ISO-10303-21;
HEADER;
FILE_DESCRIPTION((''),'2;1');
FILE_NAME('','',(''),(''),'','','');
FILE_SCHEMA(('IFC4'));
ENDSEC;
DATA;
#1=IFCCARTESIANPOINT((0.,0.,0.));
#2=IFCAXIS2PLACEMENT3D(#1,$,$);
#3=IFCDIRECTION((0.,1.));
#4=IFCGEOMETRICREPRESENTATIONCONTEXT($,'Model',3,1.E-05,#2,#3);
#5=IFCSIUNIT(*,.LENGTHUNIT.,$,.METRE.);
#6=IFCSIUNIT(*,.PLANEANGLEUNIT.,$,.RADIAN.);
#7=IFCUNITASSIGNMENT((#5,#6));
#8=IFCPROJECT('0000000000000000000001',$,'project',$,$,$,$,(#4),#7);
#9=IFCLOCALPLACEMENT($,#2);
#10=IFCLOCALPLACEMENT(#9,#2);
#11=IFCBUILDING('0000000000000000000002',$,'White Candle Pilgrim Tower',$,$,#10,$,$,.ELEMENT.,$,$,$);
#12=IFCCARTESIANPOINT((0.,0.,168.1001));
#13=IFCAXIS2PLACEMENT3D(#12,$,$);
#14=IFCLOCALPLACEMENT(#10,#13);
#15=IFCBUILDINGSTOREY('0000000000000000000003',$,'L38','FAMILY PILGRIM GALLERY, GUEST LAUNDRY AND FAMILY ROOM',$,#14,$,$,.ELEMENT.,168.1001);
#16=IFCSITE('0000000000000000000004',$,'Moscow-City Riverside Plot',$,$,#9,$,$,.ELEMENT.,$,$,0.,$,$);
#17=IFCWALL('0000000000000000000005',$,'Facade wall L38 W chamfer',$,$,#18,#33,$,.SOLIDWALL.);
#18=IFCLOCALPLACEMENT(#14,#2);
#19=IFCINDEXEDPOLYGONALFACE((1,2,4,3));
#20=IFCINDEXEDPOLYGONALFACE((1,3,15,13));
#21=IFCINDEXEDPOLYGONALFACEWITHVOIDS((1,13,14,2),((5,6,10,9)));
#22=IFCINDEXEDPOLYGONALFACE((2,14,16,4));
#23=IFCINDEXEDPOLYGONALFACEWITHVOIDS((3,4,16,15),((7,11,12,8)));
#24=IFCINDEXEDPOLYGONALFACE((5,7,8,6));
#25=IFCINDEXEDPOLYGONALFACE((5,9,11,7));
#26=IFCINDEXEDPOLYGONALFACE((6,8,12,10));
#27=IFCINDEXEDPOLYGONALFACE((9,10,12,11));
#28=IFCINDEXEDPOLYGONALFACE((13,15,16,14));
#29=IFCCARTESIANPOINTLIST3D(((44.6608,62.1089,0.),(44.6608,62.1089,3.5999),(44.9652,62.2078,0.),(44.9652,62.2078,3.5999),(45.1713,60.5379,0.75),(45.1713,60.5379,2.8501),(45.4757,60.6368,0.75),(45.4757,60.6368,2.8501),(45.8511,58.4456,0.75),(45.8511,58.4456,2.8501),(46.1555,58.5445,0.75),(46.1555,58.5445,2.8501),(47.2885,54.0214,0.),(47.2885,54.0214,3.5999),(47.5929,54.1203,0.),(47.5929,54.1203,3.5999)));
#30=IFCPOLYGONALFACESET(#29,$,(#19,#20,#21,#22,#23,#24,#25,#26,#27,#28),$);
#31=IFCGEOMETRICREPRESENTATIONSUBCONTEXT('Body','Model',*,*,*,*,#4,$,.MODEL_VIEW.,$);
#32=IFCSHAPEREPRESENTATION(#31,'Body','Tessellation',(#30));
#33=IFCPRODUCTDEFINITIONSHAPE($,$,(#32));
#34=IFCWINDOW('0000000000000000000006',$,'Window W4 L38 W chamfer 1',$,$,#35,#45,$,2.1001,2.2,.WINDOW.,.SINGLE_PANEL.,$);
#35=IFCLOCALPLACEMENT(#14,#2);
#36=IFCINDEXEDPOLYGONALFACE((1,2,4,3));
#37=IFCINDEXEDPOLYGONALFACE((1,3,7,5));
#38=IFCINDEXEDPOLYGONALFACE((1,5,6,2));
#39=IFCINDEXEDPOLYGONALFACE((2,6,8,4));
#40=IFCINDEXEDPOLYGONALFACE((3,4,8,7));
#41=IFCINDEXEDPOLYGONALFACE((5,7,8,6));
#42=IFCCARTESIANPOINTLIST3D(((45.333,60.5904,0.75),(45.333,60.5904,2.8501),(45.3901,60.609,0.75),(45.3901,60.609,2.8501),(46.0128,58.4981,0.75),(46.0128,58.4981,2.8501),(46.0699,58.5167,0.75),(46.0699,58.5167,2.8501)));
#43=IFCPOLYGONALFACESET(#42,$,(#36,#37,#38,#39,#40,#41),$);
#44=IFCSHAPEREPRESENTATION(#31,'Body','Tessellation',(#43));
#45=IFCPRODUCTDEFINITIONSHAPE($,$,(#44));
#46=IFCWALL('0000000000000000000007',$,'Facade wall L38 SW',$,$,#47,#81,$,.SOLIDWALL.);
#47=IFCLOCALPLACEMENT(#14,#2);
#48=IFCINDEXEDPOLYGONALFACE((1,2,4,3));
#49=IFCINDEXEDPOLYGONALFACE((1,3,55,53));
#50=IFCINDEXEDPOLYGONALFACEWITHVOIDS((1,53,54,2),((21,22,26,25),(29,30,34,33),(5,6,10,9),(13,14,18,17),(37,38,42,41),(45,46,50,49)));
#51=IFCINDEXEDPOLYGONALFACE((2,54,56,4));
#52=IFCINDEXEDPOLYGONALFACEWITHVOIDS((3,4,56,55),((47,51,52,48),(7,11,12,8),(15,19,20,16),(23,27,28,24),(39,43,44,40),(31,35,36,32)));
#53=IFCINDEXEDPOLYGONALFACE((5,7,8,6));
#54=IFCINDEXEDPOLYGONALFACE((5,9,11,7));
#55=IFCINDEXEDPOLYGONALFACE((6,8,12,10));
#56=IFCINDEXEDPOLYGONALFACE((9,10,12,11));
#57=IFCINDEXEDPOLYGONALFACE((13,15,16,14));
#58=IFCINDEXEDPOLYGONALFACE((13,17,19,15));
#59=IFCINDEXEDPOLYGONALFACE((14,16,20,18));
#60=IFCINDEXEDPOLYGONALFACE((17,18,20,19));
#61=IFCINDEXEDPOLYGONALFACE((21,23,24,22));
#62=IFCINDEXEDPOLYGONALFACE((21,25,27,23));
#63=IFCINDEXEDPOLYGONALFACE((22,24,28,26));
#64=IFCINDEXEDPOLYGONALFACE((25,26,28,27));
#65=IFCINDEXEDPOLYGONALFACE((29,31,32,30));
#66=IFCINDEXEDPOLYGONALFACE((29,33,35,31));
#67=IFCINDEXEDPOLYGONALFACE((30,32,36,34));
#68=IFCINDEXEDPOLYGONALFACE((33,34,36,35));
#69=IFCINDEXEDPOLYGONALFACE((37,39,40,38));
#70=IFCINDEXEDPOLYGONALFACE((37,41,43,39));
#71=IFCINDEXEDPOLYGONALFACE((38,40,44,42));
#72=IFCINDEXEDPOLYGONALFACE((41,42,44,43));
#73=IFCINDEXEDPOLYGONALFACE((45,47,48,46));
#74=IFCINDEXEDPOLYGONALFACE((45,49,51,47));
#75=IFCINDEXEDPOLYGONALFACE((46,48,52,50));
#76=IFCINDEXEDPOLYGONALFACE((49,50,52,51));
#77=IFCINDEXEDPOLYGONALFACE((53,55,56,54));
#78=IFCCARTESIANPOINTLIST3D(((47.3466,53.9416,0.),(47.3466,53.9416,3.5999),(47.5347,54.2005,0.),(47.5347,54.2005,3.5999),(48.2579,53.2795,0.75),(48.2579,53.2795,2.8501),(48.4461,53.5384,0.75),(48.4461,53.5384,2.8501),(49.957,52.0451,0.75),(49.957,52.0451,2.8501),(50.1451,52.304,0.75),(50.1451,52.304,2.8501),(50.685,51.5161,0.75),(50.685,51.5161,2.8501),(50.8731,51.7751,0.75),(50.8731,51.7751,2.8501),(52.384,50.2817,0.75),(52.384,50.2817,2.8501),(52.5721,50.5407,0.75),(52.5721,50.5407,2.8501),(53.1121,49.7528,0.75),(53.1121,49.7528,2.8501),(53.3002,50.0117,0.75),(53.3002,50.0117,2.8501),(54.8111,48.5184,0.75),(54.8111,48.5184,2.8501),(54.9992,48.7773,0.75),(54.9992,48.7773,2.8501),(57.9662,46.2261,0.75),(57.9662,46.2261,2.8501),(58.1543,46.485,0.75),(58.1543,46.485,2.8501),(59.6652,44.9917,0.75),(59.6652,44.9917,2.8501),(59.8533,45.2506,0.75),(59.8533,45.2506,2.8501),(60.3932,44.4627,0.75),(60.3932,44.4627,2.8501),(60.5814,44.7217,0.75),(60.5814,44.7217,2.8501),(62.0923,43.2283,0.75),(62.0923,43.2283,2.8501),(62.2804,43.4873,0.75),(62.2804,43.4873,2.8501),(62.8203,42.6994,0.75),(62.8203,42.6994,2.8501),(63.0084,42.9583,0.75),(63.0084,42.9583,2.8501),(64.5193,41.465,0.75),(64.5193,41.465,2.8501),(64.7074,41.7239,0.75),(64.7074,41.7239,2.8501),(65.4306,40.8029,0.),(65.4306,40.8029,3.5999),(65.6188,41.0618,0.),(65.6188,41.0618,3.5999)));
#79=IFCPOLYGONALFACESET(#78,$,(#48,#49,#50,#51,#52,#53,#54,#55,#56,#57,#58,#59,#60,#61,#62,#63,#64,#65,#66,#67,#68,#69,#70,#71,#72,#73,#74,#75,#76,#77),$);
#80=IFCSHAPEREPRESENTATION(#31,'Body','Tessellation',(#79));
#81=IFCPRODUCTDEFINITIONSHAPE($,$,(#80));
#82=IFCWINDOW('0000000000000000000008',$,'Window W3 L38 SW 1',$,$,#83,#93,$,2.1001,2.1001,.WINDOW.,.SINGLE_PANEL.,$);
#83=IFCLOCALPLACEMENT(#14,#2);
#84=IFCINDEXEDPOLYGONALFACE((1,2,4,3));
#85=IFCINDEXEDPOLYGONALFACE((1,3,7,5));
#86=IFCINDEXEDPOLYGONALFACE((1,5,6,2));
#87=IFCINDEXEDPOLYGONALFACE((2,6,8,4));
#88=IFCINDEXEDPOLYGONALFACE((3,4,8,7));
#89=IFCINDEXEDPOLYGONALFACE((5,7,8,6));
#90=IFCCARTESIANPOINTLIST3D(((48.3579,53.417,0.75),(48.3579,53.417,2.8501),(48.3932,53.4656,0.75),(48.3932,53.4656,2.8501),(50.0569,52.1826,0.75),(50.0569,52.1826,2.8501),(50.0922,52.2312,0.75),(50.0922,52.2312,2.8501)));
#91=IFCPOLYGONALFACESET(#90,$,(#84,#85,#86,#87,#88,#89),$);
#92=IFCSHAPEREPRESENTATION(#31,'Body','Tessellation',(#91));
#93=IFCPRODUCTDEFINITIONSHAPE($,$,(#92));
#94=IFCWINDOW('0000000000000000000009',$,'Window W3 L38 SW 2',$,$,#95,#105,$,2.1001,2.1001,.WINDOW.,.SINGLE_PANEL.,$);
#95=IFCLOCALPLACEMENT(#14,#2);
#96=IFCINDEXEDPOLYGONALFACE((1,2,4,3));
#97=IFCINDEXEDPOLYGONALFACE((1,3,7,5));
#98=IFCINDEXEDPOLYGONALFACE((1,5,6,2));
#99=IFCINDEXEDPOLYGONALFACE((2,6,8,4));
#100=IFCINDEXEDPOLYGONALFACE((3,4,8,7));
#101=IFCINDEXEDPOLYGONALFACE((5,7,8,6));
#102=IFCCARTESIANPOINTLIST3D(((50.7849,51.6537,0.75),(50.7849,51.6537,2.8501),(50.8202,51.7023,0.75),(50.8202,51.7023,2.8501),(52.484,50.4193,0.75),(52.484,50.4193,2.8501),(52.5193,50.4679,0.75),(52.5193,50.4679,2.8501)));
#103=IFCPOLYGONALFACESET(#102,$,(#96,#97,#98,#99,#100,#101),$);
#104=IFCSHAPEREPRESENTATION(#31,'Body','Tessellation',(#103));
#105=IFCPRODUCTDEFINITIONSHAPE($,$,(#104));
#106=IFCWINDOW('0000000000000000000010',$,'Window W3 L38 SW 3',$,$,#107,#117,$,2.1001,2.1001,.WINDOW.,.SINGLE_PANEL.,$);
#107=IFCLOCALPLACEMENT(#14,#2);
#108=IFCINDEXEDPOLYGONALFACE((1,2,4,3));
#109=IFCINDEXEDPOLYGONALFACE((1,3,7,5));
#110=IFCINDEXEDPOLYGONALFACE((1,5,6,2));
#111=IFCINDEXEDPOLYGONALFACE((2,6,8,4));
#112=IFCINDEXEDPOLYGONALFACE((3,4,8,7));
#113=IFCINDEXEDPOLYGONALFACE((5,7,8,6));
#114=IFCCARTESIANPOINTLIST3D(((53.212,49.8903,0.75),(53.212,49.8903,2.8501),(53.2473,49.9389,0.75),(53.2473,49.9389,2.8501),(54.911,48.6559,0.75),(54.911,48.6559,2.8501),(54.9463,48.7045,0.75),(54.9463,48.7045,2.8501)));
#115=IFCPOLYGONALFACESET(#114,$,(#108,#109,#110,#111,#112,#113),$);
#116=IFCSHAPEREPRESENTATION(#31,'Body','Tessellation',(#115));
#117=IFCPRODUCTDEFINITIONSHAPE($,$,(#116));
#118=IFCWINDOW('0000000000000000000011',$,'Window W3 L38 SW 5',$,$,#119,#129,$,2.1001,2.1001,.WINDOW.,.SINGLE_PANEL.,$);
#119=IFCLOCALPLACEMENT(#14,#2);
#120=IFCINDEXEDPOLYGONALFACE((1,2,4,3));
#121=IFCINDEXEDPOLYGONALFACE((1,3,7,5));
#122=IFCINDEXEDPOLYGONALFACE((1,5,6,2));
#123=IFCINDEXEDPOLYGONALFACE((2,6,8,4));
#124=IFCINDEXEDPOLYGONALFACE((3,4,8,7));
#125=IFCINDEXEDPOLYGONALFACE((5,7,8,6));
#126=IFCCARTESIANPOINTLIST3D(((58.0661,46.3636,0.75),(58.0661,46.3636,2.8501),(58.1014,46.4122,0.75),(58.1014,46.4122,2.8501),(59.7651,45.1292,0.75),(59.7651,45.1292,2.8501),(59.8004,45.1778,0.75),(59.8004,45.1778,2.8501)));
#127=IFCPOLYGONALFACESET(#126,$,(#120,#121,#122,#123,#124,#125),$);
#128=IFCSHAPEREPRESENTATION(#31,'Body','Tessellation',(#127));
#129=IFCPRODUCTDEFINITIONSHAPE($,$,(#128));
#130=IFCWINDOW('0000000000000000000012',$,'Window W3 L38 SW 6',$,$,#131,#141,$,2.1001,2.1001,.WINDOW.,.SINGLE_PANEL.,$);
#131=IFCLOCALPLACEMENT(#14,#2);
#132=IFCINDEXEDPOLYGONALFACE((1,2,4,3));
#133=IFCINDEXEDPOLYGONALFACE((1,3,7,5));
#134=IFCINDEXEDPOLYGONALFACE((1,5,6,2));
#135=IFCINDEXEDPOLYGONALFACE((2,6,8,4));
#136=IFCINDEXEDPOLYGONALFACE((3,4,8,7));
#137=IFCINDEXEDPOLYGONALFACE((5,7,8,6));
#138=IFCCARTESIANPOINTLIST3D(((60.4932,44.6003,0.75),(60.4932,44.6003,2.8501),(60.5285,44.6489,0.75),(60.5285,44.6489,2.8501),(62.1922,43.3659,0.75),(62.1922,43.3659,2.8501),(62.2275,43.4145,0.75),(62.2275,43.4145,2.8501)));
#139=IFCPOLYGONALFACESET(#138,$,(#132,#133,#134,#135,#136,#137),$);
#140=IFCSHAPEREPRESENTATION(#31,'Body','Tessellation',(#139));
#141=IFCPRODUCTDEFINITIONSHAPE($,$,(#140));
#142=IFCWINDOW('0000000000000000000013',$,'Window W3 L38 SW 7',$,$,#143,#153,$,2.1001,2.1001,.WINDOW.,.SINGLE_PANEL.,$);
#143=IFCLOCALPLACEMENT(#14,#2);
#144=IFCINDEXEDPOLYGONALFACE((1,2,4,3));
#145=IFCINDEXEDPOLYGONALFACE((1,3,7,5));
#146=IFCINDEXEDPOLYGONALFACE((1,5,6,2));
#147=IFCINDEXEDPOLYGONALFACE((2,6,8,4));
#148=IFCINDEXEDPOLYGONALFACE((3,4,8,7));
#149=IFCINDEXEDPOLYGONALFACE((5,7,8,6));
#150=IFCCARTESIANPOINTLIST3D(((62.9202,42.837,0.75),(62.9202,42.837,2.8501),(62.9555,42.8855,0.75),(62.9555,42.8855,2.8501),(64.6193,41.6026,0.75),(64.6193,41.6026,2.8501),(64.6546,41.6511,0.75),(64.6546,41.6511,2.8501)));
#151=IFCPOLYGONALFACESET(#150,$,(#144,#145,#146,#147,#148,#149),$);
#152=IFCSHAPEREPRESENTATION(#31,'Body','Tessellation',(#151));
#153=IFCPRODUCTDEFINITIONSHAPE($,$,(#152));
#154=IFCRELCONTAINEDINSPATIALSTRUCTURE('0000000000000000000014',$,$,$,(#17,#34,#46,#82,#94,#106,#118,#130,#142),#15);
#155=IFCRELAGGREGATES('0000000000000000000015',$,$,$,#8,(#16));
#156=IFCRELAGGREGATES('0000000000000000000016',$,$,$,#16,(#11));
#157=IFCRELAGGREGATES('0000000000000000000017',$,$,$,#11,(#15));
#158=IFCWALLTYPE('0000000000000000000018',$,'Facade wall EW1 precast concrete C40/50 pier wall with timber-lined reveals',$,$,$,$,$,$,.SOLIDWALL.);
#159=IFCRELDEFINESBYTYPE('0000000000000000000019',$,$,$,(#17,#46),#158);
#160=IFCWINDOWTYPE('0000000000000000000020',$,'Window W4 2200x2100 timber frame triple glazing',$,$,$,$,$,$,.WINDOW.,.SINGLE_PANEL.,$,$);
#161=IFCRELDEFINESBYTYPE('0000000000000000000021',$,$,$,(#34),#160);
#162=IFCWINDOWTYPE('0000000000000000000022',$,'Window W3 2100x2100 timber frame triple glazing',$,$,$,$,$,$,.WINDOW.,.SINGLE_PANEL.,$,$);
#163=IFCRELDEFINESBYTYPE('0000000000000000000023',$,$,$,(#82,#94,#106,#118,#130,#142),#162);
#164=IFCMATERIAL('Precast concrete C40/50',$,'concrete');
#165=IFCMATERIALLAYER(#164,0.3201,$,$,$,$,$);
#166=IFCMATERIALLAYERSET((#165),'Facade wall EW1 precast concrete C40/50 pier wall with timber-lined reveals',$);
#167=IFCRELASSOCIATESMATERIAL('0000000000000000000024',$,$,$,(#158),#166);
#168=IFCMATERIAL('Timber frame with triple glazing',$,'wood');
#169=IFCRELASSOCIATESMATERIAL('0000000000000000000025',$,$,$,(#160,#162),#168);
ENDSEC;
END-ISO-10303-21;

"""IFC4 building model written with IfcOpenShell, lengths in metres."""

from ifc_helpers import new_model, si_unit, direction, frame, frame_2d, origin, place, context, subcontext, project, spatial, rectangle, extrude, material, layer, layer_set, type_object, element, fill, save


model = new_model("IFC4")

# Units and contexts
model_context = context("Model", 3, precision=1e-05, world=origin(), true_north=direction((0.0, 1.0)))
body_context = subcontext(model_context, "Body", "Model", "MODEL_VIEW")
ifc_project = project(units=[si_unit("LENGTHUNIT", "METRE"), si_unit("PLANEANGLEUNIT", "RADIAN")], contexts=[model_context])

# Site, building, storey
site_placement = place(None, origin())
site = spatial("IfcSite", under=ifc_project, at=site_placement, Name="Moscow-City Riverside Plot", CompositionType="ELEMENT", RefElevation=0.0)
building_placement = place(site_placement, origin())
building = spatial("IfcBuilding", under=site, at=building_placement, Name="White Candle Pilgrim Tower", CompositionType="ELEMENT")
storey_placement = place(building_placement, frame((0.0, 0.0, 168.1001)))
storey = spatial("IfcBuildingStorey", under=building, at=storey_placement, Name="L38", Description="FAMILY PILGRIM GALLERY, GUEST LAUNDRY AND FAMILY ROOM", CompositionType="ELEMENT", Elevation=168.1001)

# Wall, opening, window
ifc_material_1 = material(Name="Precast concrete C40/50", Category="concrete")
ifc_layer_1 = layer(ifc_material_1, 0.3201)
ifc_layer_set_1 = layer_set([ifc_layer_1], Name="Facade wall EW1 precast concrete C40/50 pier wall with timber-lined reveals")
wall_type_1 = type_object("IfcWallType", Name="Facade wall EW1 precast concrete C40/50 pier wall with timber-lined reveals", PredefinedType="SOLIDWALL", material=ifc_layer_set_1)
wall_1_placement = place(storey_placement, frame((44.813, 62.1584, 0.0), z_axis=(0.0, 0.0, 1.0), x_axis=(0.309009, -0.951059, 0.0)))
wall_1 = element("IfcWall", 1, at=wall_1_placement, inside=storey, type_object=wall_type_1, Name="Facade wall L38 W chamfer", PredefinedType="SOLIDWALL", context=body_context, shape_type="SweptSolid", body=[
    extrude(rectangle(XDim=8.5037, YDim=0.3201, at=frame_2d((4.252, 0.0))), origin(), (0.0, 0.0, 1.0), 3.5999),
])
opening_1_placement = place(wall_1_placement, frame((1.6519, 0.0, 0.75)))
opening_1 = element("IfcOpeningElement", 2, at=opening_1_placement, cuts=wall_1, PredefinedType="OPENING", context=body_context, shape_type="SweptSolid", body=[
    extrude(rectangle(XDim=2.2, YDim=2.1001, at=frame_2d((1.1001, 1.05))), frame((0.0, 0.1699, 0.0), z_axis=(0.0, -1.0, 0.0), x_axis=(1.0, 0.0, 0.0)), (0.0, 0.0, 1.0), 0.3401),
])
ifc_material_2 = material(Name="Timber frame with triple glazing", Category="wood")
window_type_1 = type_object("IfcWindowType", Name="Window W4 2200x2100 timber frame triple glazing", PartitioningType="SINGLE_PANEL", PredefinedType="WINDOW", material=ifc_material_2)
window_1_placement = place(opening_1_placement, origin())
window_1 = element("IfcWindow", 3, at=window_1_placement, inside=storey, type_object=window_type_1, Name="Window W4 L38 W chamfer 1", OverallHeight=2.1001, OverallWidth=2.2, PartitioningType="SINGLE_PANEL", PredefinedType="WINDOW", context=body_context, shape_type="SweptSolid", body=[
    extrude(rectangle(XDim=2.2, YDim=2.1001, at=frame_2d((1.1001, 1.05))), frame((0.0, 0.0701, 0.0), z_axis=(0.0, -1.0, 0.0), x_axis=(1.0, 0.0, 0.0)), (0.0, 0.0, 1.0), 0.0601),
])
fill(opening_1, window_1)

# Wall, openings, windows
wall_2_placement = place(storey_placement, frame((47.4407, 54.071, 0.0), z_axis=(0.0, 0.0, 1.0), x_axis=(0.809019, -0.587782, 0.0)))
wall_2 = element("IfcWall", 4, at=wall_2_placement, inside=storey, type_object=wall_type_1, Name="Facade wall L38 SW", PredefinedType="SOLIDWALL", context=body_context, shape_type="SweptSolid", body=[
    extrude(rectangle(XDim=22.353, YDim=0.3201, at=frame_2d((11.1765, 0.0))), origin(), (0.0, 0.0, 1.0), 3.5999),
])
opening_2_placement = place(wall_2_placement, frame((1.1265, 0.0, 0.75)))
opening_2 = element("IfcOpeningElement", 5, at=opening_2_placement, cuts=wall_2, PredefinedType="OPENING", context=body_context, shape_type="SweptSolid", body=[
    extrude(rectangle(XDim=2.1001, YDim=2.1001, at=frame_2d((1.05, 1.05))), frame((0.0, 0.1699, 0.0), z_axis=(0.0, -1.0, 0.0), x_axis=(1.0, 0.0, 0.0)), (0.0, 0.0, 1.0), 0.3401),
])
opening_3_placement = place(wall_2_placement, frame((4.1265, 0.0, 0.75)))
opening_3 = element("IfcOpeningElement", 6, at=opening_3_placement, cuts=wall_2, PredefinedType="OPENING", context=body_context, shape_type="SweptSolid", body=[
    extrude(rectangle(XDim=2.1001, YDim=2.1001, at=frame_2d((1.05, 1.05))), frame((0.0, 0.1699, 0.0), z_axis=(0.0, -1.0, 0.0), x_axis=(1.0, 0.0, 0.0)), (0.0, 0.0, 1.0), 0.3401),
])
opening_4_placement = place(wall_2_placement, frame((7.1265, 0.0, 0.75)))
opening_4 = element("IfcOpeningElement", 7, at=opening_4_placement, cuts=wall_2, PredefinedType="OPENING", context=body_context, shape_type="SweptSolid", body=[
    extrude(rectangle(XDim=2.1001, YDim=2.1001, at=frame_2d((1.05, 1.05))), frame((0.0, 0.1699, 0.0), z_axis=(0.0, -1.0, 0.0), x_axis=(1.0, 0.0, 0.0)), (0.0, 0.0, 1.0), 0.3401),
])
opening_5_placement = place(wall_2_placement, frame((13.1265, 0.0, 0.75)))
opening_5 = element("IfcOpeningElement", 8, at=opening_5_placement, cuts=wall_2, PredefinedType="OPENING", context=body_context, shape_type="SweptSolid", body=[
    extrude(rectangle(XDim=2.1001, YDim=2.1001, at=frame_2d((1.05, 1.05))), frame((0.0, 0.1699, 0.0), z_axis=(0.0, -1.0, 0.0), x_axis=(1.0, 0.0, 0.0)), (0.0, 0.0, 1.0), 0.3401),
])
opening_6_placement = place(wall_2_placement, frame((16.1265, 0.0, 0.75)))
opening_6 = element("IfcOpeningElement", 9, at=opening_6_placement, cuts=wall_2, PredefinedType="OPENING", context=body_context, shape_type="SweptSolid", body=[
    extrude(rectangle(XDim=2.1001, YDim=2.1001, at=frame_2d((1.05, 1.05))), frame((0.0, 0.1699, 0.0), z_axis=(0.0, -1.0, 0.0), x_axis=(1.0, 0.0, 0.0)), (0.0, 0.0, 1.0), 0.3401),
])
opening_7_placement = place(wall_2_placement, frame((19.1265, 0.0, 0.75)))
opening_7 = element("IfcOpeningElement", 10, at=opening_7_placement, cuts=wall_2, PredefinedType="OPENING", context=body_context, shape_type="SweptSolid", body=[
    extrude(rectangle(XDim=2.1001, YDim=2.1001, at=frame_2d((1.05, 1.05))), frame((0.0, 0.1699, 0.0), z_axis=(0.0, -1.0, 0.0), x_axis=(1.0, 0.0, 0.0)), (0.0, 0.0, 1.0), 0.3401),
])
window_type_2 = type_object("IfcWindowType", Name="Window W3 2100x2100 timber frame triple glazing", PartitioningType="SINGLE_PANEL", PredefinedType="WINDOW", material=ifc_material_2)
window_2_placement = place(opening_2_placement, origin())
window_2 = element("IfcWindow", 11, at=window_2_placement, inside=storey, type_object=window_type_2, Name="Window W3 L38 SW 1", OverallHeight=2.1001, OverallWidth=2.1001, PartitioningType="SINGLE_PANEL", PredefinedType="WINDOW", context=body_context, shape_type="SweptSolid", body=[
    extrude(rectangle(XDim=2.1001, YDim=2.1001, at=frame_2d((1.05, 1.05))), frame((0.0, 0.0701, 0.0), z_axis=(0.0, -1.0, 0.0), x_axis=(1.0, 0.0, 0.0)), (0.0, 0.0, 1.0), 0.0601),
])
fill(opening_2, window_2)
window_3_placement = place(opening_3_placement, origin())
window_3 = element("IfcWindow", 12, at=window_3_placement, inside=storey, type_object=window_type_2, Name="Window W3 L38 SW 2", OverallHeight=2.1001, OverallWidth=2.1001, PartitioningType="SINGLE_PANEL", PredefinedType="WINDOW", context=body_context, shape_type="SweptSolid", body=[
    extrude(rectangle(XDim=2.1001, YDim=2.1001, at=frame_2d((1.05, 1.05))), frame((0.0, 0.0701, 0.0), z_axis=(0.0, -1.0, 0.0), x_axis=(1.0, 0.0, 0.0)), (0.0, 0.0, 1.0), 0.0601),
])
fill(opening_3, window_3)
window_4_placement = place(opening_4_placement, origin())
window_4 = element("IfcWindow", 13, at=window_4_placement, inside=storey, type_object=window_type_2, Name="Window W3 L38 SW 3", OverallHeight=2.1001, OverallWidth=2.1001, PartitioningType="SINGLE_PANEL", PredefinedType="WINDOW", context=body_context, shape_type="SweptSolid", body=[
    extrude(rectangle(XDim=2.1001, YDim=2.1001, at=frame_2d((1.05, 1.05))), frame((0.0, 0.0701, 0.0), z_axis=(0.0, -1.0, 0.0), x_axis=(1.0, 0.0, 0.0)), (0.0, 0.0, 1.0), 0.0601),
])
fill(opening_4, window_4)
window_5_placement = place(opening_5_placement, origin())
window_5 = element("IfcWindow", 14, at=window_5_placement, inside=storey, type_object=window_type_2, Name="Window W3 L38 SW 5", OverallHeight=2.1001, OverallWidth=2.1001, PartitioningType="SINGLE_PANEL", PredefinedType="WINDOW", context=body_context, shape_type="SweptSolid", body=[
    extrude(rectangle(XDim=2.1001, YDim=2.1001, at=frame_2d((1.05, 1.05))), frame((0.0, 0.0701, 0.0), z_axis=(0.0, -1.0, 0.0), x_axis=(1.0, 0.0, 0.0)), (0.0, 0.0, 1.0), 0.0601),
])
fill(opening_5, window_5)
window_6_placement = place(opening_6_placement, origin())
window_6 = element("IfcWindow", 15, at=window_6_placement, inside=storey, type_object=window_type_2, Name="Window W3 L38 SW 6", OverallHeight=2.1001, OverallWidth=2.1001, PartitioningType="SINGLE_PANEL", PredefinedType="WINDOW", context=body_context, shape_type="SweptSolid", body=[
    extrude(rectangle(XDim=2.1001, YDim=2.1001, at=frame_2d((1.05, 1.05))), frame((0.0, 0.0701, 0.0), z_axis=(0.0, -1.0, 0.0), x_axis=(1.0, 0.0, 0.0)), (0.0, 0.0, 1.0), 0.0601),
])
fill(opening_6, window_6)
window_7_placement = place(opening_7_placement, origin())
window_7 = element("IfcWindow", 16, at=window_7_placement, inside=storey, type_object=window_type_2, Name="Window W3 L38 SW 7", OverallHeight=2.1001, OverallWidth=2.1001, PartitioningType="SINGLE_PANEL", PredefinedType="WINDOW", context=body_context, shape_type="SweptSolid", body=[
    extrude(rectangle(XDim=2.1001, YDim=2.1001, at=frame_2d((1.05, 1.05))), frame((0.0, 0.0701, 0.0), z_axis=(0.0, -1.0, 0.0), x_axis=(1.0, 0.0, 0.0)), (0.0, 0.0, 1.0), 0.0601),
])
fill(opening_7, window_7)

save(model, "model.ifc")
